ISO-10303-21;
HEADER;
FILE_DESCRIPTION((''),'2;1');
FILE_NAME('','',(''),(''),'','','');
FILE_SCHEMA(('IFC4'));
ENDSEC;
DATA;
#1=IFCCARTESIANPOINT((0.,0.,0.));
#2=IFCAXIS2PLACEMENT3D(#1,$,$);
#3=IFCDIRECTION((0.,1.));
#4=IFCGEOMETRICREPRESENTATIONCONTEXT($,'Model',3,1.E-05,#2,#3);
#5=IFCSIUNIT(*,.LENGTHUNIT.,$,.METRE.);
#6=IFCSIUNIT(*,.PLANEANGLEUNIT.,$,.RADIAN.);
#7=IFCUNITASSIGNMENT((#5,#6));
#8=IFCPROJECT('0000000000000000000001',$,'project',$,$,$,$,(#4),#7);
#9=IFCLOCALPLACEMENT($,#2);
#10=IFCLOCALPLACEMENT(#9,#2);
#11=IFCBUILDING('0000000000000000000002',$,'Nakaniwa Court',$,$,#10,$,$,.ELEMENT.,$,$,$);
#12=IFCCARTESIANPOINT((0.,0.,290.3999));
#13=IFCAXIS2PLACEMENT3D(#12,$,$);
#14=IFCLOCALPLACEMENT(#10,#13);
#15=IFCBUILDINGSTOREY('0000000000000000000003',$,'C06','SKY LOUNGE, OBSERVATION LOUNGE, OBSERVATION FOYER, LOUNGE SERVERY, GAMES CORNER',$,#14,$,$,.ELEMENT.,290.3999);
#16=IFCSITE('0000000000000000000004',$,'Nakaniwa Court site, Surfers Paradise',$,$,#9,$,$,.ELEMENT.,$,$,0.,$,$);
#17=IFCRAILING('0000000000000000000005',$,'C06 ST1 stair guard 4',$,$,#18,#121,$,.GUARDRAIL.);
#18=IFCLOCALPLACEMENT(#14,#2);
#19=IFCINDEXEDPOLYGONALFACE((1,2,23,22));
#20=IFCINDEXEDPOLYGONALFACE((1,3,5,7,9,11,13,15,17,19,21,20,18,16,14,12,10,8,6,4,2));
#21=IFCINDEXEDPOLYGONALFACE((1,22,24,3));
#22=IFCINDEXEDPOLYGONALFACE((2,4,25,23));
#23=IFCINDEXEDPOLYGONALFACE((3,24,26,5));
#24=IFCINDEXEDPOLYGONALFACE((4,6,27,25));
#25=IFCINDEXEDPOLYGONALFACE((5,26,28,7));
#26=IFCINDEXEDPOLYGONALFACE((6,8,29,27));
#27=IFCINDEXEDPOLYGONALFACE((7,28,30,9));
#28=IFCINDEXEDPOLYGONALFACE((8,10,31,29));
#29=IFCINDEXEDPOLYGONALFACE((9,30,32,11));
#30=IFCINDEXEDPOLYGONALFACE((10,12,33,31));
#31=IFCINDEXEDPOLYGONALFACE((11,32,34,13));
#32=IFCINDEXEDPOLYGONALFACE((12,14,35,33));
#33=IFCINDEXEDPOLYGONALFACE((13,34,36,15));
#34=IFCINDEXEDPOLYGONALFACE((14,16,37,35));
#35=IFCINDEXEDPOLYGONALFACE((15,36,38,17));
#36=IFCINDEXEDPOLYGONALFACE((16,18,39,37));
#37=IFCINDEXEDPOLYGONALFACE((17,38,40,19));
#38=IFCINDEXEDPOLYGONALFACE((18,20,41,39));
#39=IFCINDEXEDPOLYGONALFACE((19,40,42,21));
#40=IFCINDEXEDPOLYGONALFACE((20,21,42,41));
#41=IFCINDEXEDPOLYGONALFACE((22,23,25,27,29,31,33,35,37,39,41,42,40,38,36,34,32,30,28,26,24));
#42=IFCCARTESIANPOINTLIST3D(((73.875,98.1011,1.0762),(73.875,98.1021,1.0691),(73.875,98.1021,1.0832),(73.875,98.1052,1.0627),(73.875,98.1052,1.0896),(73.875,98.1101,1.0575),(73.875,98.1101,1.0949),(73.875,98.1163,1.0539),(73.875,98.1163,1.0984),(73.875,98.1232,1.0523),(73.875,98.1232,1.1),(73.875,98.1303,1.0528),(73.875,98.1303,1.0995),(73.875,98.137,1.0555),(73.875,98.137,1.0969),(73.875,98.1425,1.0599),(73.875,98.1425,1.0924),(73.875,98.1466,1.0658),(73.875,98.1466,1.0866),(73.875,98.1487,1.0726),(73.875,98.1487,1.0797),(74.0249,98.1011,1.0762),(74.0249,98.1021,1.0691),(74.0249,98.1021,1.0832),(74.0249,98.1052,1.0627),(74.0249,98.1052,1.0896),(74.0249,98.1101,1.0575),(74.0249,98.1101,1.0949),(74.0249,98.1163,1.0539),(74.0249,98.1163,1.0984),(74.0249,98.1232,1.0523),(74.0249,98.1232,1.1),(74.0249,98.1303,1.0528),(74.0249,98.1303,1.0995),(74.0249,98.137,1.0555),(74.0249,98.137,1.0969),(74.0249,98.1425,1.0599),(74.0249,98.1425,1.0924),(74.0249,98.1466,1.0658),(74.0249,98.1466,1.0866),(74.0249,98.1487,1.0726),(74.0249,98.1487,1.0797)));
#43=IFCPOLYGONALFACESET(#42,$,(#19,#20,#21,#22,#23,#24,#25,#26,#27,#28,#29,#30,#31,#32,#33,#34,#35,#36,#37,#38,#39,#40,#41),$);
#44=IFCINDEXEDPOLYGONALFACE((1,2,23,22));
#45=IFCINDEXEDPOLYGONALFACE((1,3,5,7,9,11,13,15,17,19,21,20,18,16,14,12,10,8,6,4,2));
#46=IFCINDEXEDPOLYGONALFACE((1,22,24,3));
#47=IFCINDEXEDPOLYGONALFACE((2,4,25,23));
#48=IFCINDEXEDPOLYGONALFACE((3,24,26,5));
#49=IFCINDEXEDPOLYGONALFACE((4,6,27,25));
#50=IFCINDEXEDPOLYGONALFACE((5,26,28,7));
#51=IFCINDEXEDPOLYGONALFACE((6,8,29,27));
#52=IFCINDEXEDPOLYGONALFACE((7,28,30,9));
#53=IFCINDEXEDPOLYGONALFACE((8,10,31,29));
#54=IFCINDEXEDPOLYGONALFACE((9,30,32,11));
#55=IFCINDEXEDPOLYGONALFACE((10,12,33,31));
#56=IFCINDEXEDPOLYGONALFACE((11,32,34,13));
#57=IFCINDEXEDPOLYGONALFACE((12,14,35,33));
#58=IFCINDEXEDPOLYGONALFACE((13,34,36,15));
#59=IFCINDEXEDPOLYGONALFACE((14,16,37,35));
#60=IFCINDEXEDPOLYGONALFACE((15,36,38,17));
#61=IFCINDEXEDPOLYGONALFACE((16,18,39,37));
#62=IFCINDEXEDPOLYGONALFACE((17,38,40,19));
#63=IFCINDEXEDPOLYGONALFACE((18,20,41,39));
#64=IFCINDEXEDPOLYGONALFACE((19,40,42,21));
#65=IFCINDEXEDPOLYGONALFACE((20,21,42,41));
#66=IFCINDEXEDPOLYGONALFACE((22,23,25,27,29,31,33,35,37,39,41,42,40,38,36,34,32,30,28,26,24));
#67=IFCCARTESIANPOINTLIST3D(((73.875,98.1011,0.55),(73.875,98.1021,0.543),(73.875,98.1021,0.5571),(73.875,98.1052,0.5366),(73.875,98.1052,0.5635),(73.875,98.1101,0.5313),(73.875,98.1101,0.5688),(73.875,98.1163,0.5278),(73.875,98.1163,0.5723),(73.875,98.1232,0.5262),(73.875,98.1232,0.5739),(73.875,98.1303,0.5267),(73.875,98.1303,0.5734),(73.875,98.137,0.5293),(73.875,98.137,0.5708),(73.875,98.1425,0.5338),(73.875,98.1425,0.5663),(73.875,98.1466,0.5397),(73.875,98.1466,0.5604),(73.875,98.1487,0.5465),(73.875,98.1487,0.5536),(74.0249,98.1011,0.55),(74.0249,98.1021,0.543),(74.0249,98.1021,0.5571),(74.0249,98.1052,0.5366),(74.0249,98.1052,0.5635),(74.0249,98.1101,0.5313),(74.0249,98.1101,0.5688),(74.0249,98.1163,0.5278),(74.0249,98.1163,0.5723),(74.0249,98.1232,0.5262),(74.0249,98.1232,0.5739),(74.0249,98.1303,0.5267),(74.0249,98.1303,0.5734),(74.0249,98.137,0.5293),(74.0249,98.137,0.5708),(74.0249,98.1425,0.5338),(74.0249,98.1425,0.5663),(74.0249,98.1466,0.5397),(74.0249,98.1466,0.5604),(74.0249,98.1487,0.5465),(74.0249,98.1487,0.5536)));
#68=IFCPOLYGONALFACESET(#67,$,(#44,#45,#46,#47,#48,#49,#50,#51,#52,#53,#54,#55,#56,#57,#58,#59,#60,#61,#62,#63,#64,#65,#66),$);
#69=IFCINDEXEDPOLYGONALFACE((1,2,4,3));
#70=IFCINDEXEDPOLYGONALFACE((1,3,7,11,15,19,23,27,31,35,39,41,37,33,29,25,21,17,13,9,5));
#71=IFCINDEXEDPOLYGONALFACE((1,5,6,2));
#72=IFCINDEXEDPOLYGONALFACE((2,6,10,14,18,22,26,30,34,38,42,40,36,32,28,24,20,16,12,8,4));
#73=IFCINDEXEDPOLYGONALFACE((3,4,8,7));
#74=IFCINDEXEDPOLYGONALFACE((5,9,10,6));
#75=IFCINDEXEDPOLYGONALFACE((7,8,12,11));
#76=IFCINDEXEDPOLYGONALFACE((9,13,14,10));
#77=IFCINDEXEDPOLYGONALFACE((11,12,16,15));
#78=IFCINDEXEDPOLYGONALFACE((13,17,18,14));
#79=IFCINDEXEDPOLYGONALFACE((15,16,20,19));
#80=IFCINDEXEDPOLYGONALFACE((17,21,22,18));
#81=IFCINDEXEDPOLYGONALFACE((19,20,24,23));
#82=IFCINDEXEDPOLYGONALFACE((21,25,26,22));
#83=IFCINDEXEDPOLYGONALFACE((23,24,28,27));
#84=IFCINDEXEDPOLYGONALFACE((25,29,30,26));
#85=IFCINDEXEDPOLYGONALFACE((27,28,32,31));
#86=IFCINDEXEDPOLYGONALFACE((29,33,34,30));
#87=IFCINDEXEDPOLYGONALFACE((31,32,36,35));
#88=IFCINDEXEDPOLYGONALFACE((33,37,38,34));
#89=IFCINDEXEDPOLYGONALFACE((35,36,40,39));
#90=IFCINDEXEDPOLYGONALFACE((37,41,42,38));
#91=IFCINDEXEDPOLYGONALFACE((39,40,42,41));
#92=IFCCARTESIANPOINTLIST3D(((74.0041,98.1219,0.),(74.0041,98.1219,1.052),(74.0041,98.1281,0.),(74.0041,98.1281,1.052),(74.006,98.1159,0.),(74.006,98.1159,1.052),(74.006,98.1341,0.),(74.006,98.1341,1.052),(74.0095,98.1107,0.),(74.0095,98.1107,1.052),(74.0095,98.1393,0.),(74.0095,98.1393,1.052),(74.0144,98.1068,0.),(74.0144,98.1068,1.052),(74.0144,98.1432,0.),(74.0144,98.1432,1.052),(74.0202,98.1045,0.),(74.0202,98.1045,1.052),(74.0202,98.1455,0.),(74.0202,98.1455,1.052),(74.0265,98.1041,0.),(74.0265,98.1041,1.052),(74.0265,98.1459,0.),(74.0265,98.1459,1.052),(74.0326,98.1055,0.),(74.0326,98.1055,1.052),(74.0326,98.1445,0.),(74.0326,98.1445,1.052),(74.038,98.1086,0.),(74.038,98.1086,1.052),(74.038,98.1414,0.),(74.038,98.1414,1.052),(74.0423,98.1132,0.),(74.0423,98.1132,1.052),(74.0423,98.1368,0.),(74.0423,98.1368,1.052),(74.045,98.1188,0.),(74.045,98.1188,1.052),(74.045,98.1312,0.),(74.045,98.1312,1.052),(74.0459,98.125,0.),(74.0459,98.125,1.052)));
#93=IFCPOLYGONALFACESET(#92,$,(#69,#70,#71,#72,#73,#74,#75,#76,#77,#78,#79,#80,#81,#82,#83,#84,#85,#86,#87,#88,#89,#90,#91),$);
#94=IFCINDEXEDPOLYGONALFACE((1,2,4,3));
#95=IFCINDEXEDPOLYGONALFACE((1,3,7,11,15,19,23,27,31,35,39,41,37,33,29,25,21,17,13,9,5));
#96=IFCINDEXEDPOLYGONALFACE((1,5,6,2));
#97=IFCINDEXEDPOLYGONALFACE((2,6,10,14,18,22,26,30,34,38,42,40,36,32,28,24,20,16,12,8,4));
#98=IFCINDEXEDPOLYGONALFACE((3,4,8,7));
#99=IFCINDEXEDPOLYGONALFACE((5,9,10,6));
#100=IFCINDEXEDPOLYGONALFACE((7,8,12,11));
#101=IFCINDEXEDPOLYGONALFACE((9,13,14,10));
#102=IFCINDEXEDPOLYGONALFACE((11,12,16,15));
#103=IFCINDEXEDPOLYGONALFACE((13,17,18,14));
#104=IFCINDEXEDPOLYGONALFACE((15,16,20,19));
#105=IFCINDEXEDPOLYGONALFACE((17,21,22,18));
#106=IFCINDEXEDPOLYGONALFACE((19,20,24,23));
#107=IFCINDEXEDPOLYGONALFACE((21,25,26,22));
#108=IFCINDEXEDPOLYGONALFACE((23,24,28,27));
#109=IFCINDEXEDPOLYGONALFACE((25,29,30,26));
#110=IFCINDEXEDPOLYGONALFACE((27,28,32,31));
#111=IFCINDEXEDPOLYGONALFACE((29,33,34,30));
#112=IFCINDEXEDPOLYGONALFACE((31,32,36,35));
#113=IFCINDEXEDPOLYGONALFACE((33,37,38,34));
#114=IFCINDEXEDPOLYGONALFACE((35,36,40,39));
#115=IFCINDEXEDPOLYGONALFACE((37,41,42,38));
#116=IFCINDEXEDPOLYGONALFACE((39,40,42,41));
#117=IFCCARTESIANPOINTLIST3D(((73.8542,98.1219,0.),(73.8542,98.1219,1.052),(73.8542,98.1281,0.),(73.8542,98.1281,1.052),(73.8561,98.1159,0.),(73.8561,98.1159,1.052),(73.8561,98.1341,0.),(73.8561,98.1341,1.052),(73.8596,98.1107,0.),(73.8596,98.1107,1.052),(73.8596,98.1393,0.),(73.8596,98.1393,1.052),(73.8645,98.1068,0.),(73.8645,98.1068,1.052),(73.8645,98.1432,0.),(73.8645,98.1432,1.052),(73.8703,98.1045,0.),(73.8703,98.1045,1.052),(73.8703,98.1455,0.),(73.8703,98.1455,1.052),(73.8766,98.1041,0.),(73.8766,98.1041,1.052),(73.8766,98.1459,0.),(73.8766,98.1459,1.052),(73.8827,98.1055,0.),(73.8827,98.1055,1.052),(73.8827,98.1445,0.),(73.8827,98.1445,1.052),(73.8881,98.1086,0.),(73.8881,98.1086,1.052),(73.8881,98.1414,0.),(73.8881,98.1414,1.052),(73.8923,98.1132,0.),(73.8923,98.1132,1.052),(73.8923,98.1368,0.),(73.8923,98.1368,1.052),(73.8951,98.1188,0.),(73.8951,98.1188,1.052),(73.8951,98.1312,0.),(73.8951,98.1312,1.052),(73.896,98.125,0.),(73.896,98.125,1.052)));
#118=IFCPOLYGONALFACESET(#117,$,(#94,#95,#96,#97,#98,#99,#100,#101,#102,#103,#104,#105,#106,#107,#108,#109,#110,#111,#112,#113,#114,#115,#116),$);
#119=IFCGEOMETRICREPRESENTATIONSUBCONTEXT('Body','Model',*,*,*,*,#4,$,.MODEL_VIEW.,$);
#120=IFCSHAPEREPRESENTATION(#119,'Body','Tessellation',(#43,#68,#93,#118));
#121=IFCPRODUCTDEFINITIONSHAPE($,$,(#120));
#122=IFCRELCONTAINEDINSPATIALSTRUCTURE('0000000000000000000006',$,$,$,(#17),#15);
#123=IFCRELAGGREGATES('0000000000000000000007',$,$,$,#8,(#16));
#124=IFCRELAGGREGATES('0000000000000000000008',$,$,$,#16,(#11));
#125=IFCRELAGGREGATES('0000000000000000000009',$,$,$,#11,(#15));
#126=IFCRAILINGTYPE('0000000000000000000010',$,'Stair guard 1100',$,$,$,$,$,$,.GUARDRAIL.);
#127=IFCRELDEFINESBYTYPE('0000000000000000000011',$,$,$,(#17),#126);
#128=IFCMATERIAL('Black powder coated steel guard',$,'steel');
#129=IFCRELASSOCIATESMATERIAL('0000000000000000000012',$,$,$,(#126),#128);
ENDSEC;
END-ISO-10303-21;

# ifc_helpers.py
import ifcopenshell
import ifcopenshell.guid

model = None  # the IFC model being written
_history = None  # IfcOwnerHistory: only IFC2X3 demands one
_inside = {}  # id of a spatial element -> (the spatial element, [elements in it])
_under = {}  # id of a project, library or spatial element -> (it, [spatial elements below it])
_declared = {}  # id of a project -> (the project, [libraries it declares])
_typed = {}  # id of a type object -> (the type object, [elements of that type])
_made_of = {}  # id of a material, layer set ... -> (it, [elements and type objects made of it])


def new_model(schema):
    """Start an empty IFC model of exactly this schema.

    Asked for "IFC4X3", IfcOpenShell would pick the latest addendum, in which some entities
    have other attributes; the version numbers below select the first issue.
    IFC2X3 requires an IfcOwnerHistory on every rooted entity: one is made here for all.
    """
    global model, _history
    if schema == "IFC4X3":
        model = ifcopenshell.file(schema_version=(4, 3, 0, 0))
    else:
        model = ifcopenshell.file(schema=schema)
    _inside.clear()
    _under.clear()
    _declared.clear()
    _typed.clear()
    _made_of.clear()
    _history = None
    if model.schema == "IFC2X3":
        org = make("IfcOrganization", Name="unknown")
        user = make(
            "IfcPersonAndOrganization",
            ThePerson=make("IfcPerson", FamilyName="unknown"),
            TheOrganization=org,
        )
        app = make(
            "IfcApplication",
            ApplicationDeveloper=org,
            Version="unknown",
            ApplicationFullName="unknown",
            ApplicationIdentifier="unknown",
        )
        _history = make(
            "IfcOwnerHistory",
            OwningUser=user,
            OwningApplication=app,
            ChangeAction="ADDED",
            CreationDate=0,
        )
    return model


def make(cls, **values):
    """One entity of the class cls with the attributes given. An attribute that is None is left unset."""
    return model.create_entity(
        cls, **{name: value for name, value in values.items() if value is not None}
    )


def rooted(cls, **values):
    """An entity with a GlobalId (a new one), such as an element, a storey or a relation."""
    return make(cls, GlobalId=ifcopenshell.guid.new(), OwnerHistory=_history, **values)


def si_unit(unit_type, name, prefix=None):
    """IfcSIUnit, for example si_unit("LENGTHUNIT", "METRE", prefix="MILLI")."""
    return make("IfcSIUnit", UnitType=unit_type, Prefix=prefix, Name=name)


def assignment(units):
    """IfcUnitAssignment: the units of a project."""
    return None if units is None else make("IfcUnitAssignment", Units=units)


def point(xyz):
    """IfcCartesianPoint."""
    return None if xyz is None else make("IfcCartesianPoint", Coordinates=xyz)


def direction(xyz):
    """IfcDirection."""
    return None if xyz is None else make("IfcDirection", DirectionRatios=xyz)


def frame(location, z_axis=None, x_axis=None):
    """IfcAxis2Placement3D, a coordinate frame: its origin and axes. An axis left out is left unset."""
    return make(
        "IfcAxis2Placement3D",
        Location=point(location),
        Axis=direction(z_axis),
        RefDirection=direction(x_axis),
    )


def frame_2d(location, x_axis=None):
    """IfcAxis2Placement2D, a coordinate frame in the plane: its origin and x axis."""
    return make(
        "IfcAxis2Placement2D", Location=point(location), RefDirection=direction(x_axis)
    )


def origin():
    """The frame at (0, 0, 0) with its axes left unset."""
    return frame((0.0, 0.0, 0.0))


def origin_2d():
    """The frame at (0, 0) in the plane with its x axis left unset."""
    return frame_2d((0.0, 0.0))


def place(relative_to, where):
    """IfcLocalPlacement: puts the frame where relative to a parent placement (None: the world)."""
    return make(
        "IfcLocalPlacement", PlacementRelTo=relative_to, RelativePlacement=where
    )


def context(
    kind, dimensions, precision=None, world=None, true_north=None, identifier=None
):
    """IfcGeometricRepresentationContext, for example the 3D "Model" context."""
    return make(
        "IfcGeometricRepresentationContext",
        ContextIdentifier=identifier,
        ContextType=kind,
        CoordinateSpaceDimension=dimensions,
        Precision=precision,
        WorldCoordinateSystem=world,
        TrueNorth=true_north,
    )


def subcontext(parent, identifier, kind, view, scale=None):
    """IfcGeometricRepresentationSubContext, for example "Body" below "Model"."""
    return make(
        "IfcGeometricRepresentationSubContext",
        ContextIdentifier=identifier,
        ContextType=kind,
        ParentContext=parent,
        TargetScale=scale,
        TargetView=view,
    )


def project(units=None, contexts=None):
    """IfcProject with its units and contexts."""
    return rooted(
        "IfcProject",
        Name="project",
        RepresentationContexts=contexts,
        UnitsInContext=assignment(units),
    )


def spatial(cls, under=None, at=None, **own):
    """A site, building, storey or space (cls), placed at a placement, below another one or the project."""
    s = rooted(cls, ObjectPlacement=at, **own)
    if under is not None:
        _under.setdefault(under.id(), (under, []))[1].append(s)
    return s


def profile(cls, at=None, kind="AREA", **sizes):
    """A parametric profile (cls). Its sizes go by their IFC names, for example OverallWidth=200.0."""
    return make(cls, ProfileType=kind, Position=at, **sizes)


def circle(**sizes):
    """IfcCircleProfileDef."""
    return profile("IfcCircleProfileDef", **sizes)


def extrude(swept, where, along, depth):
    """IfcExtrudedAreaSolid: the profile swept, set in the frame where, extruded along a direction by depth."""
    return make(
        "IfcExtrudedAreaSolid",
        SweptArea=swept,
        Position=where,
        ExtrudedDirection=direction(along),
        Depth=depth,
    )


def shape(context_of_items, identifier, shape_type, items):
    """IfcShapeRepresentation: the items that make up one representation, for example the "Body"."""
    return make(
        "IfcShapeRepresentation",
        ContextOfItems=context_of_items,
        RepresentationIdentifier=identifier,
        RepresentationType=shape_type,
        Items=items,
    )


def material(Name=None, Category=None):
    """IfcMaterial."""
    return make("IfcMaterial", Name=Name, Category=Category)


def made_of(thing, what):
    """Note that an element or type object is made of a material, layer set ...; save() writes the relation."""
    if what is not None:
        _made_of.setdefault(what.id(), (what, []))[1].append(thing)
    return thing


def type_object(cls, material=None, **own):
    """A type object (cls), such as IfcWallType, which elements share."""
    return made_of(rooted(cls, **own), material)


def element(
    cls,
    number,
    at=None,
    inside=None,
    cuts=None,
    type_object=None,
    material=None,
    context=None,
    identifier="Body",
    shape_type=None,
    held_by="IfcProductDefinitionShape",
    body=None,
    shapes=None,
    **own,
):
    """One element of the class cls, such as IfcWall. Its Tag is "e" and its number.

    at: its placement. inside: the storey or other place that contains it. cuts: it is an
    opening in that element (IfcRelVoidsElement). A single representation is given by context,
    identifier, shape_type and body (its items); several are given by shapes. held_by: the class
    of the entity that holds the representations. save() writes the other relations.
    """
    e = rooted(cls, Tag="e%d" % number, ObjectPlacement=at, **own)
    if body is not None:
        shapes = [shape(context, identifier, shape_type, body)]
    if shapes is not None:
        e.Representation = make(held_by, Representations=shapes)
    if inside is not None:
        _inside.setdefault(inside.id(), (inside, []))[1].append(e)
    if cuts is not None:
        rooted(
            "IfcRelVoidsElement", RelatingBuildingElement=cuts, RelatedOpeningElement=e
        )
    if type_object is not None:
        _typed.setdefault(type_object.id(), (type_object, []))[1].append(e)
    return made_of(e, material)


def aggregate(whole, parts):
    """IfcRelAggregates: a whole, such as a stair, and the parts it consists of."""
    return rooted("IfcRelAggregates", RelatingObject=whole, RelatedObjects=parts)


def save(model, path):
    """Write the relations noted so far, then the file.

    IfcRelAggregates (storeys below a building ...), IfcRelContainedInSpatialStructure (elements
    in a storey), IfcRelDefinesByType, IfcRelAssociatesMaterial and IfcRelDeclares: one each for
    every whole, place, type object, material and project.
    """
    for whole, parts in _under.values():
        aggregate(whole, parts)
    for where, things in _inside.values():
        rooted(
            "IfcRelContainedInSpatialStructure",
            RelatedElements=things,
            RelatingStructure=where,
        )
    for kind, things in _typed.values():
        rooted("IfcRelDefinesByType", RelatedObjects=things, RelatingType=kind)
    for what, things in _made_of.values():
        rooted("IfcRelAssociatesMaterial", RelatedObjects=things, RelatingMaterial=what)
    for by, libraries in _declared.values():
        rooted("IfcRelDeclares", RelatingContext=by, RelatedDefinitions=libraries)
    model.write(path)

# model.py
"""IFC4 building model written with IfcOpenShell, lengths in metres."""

from ifc_helpers import new_model, si_unit, direction, frame, origin, origin_2d, place, context, subcontext, project, spatial, circle, extrude, material, type_object, element, save


model = new_model("IFC4")

# Units and contexts
model_context = context("Model", 3, precision=1e-05, world=origin(), true_north=direction((0.0, 1.0)))
body_context = subcontext(model_context, "Body", "Model", "MODEL_VIEW")
ifc_project = project(units=[si_unit("LENGTHUNIT", "METRE"), si_unit("PLANEANGLEUNIT", "RADIAN")], contexts=[model_context])

# Site, building, storey
site_placement = place(None, origin())
site = spatial("IfcSite", under=ifc_project, at=site_placement, Name="Nakaniwa Court site, Surfers Paradise", CompositionType="ELEMENT", RefElevation=0.0)
building_placement = place(site_placement, origin())
building = spatial("IfcBuilding", under=site, at=building_placement, Name="Nakaniwa Court", CompositionType="ELEMENT")
storey_placement = place(building_placement, frame((0.0, 0.0, 290.3999)))
storey = spatial("IfcBuildingStorey", under=building, at=storey_placement, Name="C06", Description="SKY LOUNGE, OBSERVATION LOUNGE, OBSERVATION FOYER, LOUNGE SERVERY, GAMES CORNER", CompositionType="ELEMENT", Elevation=290.3999)

# Railing
ifc_material_1 = material(Name="Black powder coated steel guard", Category="steel")
railing_type_1 = type_object("IfcRailingType", Name="Stair guard 1100", PredefinedType="GUARDRAIL", material=ifc_material_1)
railing_1_placement = place(storey_placement, frame((74.0249, 98.125, 0.0)))
element("IfcRailing", 1, at=railing_1_placement, inside=storey, type_object=railing_type_1, Name="C06 ST1 stair guard 4", PredefinedType="GUARDRAIL", context=body_context, shape_type="SweptSolid", body=[
    extrude(circle(Radius=0.0239, at=origin_2d()), frame((0.0, 0.0, 1.0762), z_axis=(-1.0, 0.0, 0.0), x_axis=(0.0, -1.0, 0.0)), (0.0, 0.0, 1.0), 0.1499),
    extrude(circle(Radius=0.0239, at=origin_2d()), frame((0.0, 0.0, 0.55), z_axis=(-1.0, 0.0, 0.0), x_axis=(0.0, -1.0, 0.0)), (0.0, 0.0, 1.0), 0.1499),
    extrude(circle(Radius=0.021, at=origin_2d()), origin(), (0.0, 0.0, 1.0), 1.052),
    extrude(circle(Radius=0.021, at=origin_2d()), frame((-0.1499, 0.0, 0.0)), (0.0, 0.0, 1.0), 1.052),
])

save(model, "model.ifc")
